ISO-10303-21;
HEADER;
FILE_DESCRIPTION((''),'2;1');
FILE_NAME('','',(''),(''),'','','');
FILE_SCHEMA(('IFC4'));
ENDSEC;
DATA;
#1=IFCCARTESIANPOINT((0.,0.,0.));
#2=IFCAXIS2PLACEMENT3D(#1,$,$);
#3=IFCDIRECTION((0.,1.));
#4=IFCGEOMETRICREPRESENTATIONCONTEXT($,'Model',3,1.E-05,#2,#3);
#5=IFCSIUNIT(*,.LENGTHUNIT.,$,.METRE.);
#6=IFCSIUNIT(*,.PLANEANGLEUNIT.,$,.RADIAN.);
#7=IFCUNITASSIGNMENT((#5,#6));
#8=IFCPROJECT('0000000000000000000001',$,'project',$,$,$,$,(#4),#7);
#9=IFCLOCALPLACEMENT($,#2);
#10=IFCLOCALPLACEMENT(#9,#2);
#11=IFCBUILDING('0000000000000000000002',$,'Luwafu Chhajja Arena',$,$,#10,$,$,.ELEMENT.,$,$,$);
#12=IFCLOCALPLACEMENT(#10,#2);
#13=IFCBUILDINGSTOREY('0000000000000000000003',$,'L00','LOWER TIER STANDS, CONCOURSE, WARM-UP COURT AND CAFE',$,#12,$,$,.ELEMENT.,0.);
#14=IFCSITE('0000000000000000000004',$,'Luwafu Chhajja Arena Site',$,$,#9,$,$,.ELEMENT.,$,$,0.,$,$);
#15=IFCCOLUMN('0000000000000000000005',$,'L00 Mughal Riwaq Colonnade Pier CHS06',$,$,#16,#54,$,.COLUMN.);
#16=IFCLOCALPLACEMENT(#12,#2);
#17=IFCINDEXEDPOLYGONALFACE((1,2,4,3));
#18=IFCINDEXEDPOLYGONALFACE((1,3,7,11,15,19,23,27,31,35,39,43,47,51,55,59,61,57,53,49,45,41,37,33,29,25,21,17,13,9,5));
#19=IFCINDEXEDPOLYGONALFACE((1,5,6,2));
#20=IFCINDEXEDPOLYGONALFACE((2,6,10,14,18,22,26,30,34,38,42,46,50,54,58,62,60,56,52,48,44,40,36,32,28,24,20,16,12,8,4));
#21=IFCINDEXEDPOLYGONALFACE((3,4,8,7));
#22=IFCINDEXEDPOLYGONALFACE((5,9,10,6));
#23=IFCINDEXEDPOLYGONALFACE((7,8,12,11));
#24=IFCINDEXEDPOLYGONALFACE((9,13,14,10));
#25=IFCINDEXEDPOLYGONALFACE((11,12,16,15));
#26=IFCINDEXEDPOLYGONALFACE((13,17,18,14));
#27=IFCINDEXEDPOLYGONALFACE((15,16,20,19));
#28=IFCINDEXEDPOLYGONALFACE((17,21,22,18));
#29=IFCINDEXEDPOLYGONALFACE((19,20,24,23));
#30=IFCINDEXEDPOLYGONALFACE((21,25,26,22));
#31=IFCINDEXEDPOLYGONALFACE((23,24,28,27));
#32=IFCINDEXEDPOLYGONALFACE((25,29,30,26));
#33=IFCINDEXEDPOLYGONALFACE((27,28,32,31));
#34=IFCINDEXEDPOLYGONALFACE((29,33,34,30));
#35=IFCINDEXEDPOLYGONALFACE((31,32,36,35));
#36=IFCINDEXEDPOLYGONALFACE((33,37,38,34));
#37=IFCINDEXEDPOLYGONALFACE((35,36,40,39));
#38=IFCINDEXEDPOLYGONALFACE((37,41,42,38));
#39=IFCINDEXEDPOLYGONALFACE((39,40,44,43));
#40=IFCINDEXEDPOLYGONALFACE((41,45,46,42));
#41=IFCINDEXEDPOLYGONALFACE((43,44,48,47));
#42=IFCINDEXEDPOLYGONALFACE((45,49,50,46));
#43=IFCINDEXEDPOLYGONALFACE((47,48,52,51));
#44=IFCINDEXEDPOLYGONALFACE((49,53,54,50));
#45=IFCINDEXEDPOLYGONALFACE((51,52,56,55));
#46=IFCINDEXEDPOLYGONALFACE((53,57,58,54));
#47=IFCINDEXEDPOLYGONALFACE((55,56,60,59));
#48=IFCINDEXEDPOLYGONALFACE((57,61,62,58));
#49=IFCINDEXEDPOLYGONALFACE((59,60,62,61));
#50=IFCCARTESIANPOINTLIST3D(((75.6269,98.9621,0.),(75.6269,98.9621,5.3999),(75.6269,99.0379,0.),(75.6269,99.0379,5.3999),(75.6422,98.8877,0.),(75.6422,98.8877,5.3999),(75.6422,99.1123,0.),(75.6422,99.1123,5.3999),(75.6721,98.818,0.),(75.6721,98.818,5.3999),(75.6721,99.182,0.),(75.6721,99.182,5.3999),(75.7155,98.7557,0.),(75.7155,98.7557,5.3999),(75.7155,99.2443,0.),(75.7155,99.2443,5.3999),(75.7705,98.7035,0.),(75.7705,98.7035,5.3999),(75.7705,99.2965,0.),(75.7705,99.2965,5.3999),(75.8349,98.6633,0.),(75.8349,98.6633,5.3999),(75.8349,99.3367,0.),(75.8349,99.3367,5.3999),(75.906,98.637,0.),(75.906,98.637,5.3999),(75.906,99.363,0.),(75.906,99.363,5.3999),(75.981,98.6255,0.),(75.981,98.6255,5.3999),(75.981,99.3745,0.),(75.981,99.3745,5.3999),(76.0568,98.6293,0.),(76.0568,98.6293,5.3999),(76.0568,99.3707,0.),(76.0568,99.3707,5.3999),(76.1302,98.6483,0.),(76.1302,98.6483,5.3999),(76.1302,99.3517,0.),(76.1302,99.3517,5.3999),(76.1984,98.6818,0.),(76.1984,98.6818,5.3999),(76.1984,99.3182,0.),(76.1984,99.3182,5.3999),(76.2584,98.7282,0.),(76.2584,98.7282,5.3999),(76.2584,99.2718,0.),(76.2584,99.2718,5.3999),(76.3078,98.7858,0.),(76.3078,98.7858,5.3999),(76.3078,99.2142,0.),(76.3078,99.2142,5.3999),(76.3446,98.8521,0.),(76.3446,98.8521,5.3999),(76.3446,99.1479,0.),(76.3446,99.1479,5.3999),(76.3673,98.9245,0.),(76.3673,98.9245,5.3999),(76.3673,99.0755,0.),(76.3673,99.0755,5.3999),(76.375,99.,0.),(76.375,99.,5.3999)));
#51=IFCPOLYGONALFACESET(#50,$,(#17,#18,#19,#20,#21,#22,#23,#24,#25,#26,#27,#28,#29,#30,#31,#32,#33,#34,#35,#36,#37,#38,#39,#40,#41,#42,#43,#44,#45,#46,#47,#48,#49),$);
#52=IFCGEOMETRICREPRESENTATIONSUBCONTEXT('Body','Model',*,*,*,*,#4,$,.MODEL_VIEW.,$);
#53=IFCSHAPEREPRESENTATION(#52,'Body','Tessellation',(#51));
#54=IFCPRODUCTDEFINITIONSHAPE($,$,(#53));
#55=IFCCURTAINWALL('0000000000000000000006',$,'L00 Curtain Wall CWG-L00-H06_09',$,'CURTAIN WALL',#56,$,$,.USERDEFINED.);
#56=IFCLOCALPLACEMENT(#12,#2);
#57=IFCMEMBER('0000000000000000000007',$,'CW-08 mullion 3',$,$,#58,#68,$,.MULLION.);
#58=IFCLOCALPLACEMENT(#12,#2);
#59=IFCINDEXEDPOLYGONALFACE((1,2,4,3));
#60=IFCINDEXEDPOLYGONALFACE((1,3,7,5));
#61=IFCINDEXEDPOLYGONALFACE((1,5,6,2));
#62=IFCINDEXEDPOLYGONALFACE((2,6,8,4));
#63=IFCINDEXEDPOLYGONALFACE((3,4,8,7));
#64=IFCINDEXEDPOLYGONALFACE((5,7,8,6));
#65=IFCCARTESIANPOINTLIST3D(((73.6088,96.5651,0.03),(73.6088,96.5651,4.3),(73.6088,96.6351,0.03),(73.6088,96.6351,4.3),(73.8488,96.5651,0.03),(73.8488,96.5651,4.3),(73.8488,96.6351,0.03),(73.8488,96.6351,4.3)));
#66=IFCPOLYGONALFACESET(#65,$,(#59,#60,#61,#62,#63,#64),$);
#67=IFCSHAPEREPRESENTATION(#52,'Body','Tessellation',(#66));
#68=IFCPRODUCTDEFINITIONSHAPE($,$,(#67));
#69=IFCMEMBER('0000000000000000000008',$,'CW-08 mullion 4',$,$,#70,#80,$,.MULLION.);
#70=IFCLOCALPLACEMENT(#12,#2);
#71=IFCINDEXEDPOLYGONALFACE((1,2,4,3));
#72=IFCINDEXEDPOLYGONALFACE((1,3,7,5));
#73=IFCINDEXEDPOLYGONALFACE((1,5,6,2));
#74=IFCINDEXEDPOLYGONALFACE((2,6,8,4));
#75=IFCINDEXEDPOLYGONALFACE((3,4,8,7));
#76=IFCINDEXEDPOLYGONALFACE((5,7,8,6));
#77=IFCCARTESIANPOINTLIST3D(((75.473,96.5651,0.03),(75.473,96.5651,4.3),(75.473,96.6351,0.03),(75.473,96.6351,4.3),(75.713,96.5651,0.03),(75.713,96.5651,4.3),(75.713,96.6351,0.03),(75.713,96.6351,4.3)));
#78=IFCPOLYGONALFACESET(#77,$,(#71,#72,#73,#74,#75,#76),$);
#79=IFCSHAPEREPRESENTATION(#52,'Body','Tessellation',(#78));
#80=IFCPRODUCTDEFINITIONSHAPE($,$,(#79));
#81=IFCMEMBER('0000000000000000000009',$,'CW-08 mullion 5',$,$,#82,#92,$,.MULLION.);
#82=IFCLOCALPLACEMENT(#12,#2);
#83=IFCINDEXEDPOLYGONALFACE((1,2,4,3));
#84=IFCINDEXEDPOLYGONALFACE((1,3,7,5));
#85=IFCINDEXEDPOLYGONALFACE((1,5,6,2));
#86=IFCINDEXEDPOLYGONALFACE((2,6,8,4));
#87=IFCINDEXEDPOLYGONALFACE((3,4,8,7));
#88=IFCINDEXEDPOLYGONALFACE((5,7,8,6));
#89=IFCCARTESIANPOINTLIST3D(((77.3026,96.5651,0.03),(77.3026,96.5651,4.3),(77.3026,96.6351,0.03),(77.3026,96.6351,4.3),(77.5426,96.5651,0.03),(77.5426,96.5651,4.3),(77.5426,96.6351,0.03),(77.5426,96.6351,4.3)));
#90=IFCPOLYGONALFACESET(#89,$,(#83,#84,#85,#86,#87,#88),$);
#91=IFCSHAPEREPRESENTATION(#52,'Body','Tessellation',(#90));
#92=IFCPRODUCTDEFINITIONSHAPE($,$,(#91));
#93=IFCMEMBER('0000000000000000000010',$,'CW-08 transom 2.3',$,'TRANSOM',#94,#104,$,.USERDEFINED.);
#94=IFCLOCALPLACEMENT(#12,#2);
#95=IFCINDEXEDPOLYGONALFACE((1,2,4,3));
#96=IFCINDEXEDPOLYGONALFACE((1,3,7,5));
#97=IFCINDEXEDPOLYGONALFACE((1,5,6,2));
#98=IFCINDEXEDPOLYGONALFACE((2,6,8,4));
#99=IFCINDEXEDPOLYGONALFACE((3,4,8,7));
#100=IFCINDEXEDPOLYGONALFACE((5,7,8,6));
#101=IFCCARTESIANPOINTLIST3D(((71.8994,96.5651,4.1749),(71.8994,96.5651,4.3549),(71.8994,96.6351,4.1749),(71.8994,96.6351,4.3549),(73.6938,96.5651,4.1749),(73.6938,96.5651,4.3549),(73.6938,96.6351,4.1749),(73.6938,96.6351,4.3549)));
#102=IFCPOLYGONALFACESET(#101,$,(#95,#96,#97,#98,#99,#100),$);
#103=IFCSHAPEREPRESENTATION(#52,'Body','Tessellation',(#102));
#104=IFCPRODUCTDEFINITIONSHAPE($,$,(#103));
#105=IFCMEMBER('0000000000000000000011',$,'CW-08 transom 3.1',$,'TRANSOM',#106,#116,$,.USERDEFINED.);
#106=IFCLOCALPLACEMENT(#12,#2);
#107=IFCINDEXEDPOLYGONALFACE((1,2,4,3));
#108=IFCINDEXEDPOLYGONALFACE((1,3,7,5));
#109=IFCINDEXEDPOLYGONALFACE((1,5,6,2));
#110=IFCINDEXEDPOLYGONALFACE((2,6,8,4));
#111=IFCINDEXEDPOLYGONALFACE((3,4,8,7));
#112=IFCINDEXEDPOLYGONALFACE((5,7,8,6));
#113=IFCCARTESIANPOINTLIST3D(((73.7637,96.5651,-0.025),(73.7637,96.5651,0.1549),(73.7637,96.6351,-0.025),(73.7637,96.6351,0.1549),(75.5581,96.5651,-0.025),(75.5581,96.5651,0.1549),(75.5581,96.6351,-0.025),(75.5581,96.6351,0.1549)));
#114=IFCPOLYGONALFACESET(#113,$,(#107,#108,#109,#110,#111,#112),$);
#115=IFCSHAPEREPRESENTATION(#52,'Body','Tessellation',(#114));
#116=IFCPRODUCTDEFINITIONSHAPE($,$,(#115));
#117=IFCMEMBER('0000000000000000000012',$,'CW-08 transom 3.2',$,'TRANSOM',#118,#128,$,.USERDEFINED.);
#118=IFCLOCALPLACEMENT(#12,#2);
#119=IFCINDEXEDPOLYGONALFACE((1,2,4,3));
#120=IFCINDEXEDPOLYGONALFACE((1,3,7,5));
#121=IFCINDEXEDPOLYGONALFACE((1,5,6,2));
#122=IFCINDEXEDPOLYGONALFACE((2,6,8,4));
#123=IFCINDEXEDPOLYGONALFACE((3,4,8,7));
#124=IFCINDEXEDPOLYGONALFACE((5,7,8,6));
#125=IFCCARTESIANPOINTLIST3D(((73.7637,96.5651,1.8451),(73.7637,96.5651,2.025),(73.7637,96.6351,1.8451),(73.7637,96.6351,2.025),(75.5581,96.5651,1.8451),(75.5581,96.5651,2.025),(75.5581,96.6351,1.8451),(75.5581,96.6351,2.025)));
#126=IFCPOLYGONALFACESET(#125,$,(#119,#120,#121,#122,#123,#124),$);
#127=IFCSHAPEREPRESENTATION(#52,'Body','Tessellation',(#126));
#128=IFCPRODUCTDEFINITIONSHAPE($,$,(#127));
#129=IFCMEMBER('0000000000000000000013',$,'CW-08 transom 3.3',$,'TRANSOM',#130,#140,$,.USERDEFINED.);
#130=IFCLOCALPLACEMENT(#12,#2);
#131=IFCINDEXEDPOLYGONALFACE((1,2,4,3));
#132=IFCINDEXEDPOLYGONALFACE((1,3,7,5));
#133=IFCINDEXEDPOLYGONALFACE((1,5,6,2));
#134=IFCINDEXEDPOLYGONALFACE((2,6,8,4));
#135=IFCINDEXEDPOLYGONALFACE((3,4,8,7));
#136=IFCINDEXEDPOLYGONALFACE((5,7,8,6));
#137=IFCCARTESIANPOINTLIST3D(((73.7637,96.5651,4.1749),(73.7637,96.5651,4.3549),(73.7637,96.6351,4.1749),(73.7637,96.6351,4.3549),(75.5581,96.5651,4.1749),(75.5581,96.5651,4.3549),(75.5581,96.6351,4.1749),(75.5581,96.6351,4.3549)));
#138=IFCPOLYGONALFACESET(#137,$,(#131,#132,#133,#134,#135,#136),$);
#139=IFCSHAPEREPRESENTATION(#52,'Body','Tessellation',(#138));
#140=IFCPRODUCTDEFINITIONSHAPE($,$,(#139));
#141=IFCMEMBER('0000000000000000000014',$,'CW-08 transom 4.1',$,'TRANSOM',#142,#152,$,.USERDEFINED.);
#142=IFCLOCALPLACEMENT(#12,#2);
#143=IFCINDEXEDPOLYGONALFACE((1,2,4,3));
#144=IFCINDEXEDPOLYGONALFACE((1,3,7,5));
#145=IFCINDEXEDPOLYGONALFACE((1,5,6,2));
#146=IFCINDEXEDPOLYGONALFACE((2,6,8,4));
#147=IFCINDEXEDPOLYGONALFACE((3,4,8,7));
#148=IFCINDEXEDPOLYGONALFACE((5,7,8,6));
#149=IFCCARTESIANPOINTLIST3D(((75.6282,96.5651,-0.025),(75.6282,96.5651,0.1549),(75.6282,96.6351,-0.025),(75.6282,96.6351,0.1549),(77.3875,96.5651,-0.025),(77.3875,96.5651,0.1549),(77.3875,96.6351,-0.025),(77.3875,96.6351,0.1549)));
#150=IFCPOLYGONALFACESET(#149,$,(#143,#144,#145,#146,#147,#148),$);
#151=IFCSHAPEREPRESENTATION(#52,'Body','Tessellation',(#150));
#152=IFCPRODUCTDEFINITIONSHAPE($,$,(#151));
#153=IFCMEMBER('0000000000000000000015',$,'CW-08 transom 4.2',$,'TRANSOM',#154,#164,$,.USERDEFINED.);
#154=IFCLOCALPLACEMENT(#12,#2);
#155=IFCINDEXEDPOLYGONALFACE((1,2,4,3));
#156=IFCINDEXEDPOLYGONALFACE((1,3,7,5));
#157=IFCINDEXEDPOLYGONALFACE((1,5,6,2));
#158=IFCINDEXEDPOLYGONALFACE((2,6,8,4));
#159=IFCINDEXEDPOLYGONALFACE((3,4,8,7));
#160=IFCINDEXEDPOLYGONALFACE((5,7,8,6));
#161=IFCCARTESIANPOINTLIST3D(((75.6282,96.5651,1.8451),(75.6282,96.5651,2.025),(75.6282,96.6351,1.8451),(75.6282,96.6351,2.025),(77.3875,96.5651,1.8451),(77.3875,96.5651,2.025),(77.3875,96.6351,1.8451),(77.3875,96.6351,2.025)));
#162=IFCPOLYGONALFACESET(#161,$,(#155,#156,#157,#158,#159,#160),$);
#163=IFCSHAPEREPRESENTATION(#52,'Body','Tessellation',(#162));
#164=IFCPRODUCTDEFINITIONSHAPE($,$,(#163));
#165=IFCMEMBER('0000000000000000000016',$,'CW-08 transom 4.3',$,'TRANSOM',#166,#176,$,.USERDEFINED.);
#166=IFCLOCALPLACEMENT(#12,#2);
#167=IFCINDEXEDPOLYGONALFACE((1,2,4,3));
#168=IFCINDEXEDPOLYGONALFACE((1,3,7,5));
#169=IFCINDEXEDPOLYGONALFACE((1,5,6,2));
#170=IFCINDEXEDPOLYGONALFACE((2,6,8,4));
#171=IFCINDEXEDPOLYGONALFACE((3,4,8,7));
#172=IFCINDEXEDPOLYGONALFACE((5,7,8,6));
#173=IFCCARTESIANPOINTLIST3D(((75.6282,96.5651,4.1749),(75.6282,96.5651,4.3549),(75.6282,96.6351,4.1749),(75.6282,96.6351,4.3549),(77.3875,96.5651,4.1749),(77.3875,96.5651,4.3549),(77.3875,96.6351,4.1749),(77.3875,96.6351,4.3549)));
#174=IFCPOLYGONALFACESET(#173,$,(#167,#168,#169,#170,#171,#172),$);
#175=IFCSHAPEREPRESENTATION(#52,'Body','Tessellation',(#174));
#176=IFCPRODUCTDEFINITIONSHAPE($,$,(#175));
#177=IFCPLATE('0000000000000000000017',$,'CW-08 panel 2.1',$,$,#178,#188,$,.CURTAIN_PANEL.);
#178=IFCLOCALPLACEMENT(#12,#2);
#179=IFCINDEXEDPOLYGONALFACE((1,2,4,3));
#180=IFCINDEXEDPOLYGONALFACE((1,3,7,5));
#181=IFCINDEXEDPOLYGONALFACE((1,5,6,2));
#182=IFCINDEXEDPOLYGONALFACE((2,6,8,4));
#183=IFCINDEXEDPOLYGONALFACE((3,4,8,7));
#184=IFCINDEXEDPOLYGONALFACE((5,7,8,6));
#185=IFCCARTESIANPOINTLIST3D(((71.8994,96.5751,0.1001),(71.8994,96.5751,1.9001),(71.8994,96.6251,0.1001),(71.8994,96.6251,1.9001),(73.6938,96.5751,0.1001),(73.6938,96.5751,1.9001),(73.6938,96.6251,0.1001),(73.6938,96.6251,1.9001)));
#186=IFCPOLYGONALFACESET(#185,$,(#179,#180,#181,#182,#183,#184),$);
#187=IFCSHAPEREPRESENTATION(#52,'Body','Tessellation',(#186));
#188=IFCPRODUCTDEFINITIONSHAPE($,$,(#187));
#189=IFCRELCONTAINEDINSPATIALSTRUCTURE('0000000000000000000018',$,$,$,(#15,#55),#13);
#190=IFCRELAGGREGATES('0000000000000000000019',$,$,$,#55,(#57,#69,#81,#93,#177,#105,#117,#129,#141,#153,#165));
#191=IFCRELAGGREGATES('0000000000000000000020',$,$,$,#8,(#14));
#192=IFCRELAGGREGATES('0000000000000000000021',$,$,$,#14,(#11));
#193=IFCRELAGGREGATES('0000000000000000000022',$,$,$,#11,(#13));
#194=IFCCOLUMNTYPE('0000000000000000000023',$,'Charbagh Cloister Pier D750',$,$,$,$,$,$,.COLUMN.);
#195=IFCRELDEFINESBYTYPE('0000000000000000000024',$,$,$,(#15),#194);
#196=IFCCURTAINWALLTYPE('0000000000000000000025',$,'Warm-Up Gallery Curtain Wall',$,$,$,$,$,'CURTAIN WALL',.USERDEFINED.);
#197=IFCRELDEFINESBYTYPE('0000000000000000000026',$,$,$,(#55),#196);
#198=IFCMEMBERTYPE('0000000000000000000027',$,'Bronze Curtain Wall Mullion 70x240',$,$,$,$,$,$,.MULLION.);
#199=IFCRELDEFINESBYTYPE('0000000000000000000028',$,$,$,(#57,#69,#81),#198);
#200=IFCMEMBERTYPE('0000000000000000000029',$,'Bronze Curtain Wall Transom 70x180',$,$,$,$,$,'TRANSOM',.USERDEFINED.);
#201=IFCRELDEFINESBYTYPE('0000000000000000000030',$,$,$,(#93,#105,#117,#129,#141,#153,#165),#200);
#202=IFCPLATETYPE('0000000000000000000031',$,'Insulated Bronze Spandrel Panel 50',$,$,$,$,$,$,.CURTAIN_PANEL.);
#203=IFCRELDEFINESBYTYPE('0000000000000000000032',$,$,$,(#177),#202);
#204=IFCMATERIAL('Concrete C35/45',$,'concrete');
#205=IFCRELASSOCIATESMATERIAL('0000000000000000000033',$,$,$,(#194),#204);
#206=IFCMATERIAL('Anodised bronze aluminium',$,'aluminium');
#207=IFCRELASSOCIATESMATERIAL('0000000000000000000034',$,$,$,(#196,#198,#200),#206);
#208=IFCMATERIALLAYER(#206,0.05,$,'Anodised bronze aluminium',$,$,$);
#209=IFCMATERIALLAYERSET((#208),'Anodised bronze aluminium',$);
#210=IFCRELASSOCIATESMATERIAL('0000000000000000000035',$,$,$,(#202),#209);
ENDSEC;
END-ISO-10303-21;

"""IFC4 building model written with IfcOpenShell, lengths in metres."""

from ifc_helpers import new_model, si_unit, direction, frame, origin, origin_2d, place, context, subcontext, project, spatial, rectangle, circle, extrude, material, layer, layer_set, material_profile, profile_set, type_object, element, aggregate, save


model = new_model("IFC4")

# Units and contexts
model_context = context("Model", 3, precision=1e-05, world=origin(), true_north=direction((0.0, 1.0)))
body_context = subcontext(model_context, "Body", "Model", "MODEL_VIEW")
ifc_project = project(units=[si_unit("LENGTHUNIT", "METRE"), si_unit("PLANEANGLEUNIT", "RADIAN")], contexts=[model_context])

# Site, building, storey
site_placement = place(None, origin())
site = spatial("IfcSite", under=ifc_project, at=site_placement, Name="Luwafu Chhajja Arena Site", CompositionType="ELEMENT", RefElevation=0.0)
building_placement = place(site_placement, origin())
building = spatial("IfcBuilding", under=site, at=building_placement, Name="Luwafu Chhajja Arena", CompositionType="ELEMENT")
storey_placement = place(building_placement, origin())
storey = spatial("IfcBuildingStorey", under=building, at=storey_placement, Name="L00", Description="LOWER TIER STANDS, CONCOURSE, WARM-UP COURT AND CAFE", CompositionType="ELEMENT", Elevation=0.0)

# Column
ifc_material_1 = material(Name="Concrete C35/45", Category="concrete")
ifc_material_profile_1 = material_profile(ifc_material_1, circle(Radius=0.375, at=origin_2d()), Name="RC COL D750")
ifc_profile_set_1 = profile_set([ifc_material_profile_1], Name="Concrete C35/45")
column_type = type_object("IfcColumnType", Name="Charbagh Cloister Pier D750", PredefinedType="COLUMN", material=ifc_profile_set_1)
column_placement = place(storey_placement, frame((76.0, 99.0, 0.0), z_axis=(0.0, 0.0, 1.0), x_axis=(1.0, 0.0, 0.0)))
element("IfcColumn", 1, at=column_placement, inside=storey, type_object=column_type, Name="L00 Mughal Riwaq Colonnade Pier CHS06", PredefinedType="COLUMN", context=body_context, shape_type="SweptSolid", body=[
    extrude(circle(Radius=0.375, at=origin_2d()), origin(), (0.0, 0.0, 1.0), 5.3999),
])

# Curtain wall, members, plate
ifc_material_2 = material(Name="Anodised bronze aluminium", Category="aluminium")
curtain_wall_type = type_object("IfcCurtainWallType", Name="Warm-Up Gallery Curtain Wall", ElementType="CURTAIN WALL", PredefinedType="USERDEFINED", material=ifc_material_2)
curtain_wall_placement = place(storey_placement, origin())
curtain_wall = element("IfcCurtainWall", 2, at=curtain_wall_placement, inside=storey, type_object=curtain_wall_type, Name="L00 Curtain Wall CWG-L00-H06_09", ObjectType="CURTAIN WALL", PredefinedType="USERDEFINED")
ifc_material_profile_2 = material_profile(ifc_material_2, rectangle(XDim=0.0701, YDim=0.24, at=origin_2d()), Name="CWM 70x240")
ifc_profile_set_2 = profile_set([ifc_material_profile_2], Name="Anodised bronze aluminium")
member_type_1 = type_object("IfcMemberType", Name="Bronze Curtain Wall Mullion 70x240", PredefinedType="MULLION", material=ifc_profile_set_2)
member_1_placement = place(storey_placement, frame((73.7288, 96.6001, 0.03), z_axis=(0.0, 0.0, 1.0), x_axis=(0.0, 1.0, 0.0)))
member_1 = element("IfcMember", 3, at=member_1_placement, type_object=member_type_1, Name="CW-08 mullion 3", PredefinedType="MULLION", context=body_context, shape_type="SweptSolid", body=[
    extrude(rectangle(XDim=0.0701, YDim=0.24, at=origin_2d()), origin(), (0.0, 0.0, 1.0), 4.27),
])
member_2_placement = place(storey_placement, frame((75.593, 96.6001, 0.03), z_axis=(0.0, 0.0, 1.0), x_axis=(0.0, 1.0, 0.0)))
member_2 = element("IfcMember", 4, at=member_2_placement, type_object=member_type_1, Name="CW-08 mullion 4", PredefinedType="MULLION", context=body_context, shape_type="SweptSolid", body=[
    extrude(rectangle(XDim=0.0701, YDim=0.24, at=origin_2d()), origin(), (0.0, 0.0, 1.0), 4.27),
])
member_3_placement = place(storey_placement, frame((77.4226, 96.6001, 0.03), z_axis=(0.0, 0.0, 1.0), x_axis=(0.0, 1.0, 0.0)))
member_3 = element("IfcMember", 5, at=member_3_placement, type_object=member_type_1, Name="CW-08 mullion 5", PredefinedType="MULLION", context=body_context, shape_type="SweptSolid", body=[
    extrude(rectangle(XDim=0.0701, YDim=0.24, at=origin_2d()), origin(), (0.0, 0.0, 1.0), 4.27),
])
ifc_material_profile_3 = material_profile(ifc_material_2, rectangle(XDim=0.0701, YDim=0.1799, at=origin_2d()), Name="CWT 70x180")
ifc_profile_set_3 = profile_set([ifc_material_profile_3], Name="Anodised bronze aluminium")
member_type_2 = type_object("IfcMemberType", Name="Bronze Curtain Wall Transom 70x180", ElementType="TRANSOM", PredefinedType="USERDEFINED", material=ifc_profile_set_3)
member_4_placement = place(storey_placement, frame((71.8994, 96.6001, 4.2649), z_axis=(1.0, 0.0, 0.0), x_axis=(0.0, 1.0, 0.0)))
member_4 = element("IfcMember", 6, at=member_4_placement, type_object=member_type_2, Name="CW-08 transom 2.3", ObjectType="TRANSOM", PredefinedType="USERDEFINED", context=body_context, shape_type="SweptSolid", body=[
    extrude(rectangle(XDim=0.0701, YDim=0.1799, at=origin_2d()), origin(), (0.0, 0.0, 1.0), 1.7944),
])
member_5_placement = place(storey_placement, frame((73.7637, 96.6001, 0.0649), z_axis=(1.0, 0.0, 0.0), x_axis=(0.0, 1.0, 0.0)))
member_5 = element("IfcMember", 7, at=member_5_placement, type_object=member_type_2, Name="CW-08 transom 3.1", ObjectType="TRANSOM", PredefinedType="USERDEFINED", context=body_context, shape_type="SweptSolid", body=[
    extrude(rectangle(XDim=0.0701, YDim=0.1799, at=origin_2d()), origin(), (0.0, 0.0, 1.0), 1.7944),
])
member_6_placement = place(storey_placement, frame((73.7637, 96.6001, 1.9351), z_axis=(1.0, 0.0, 0.0), x_axis=(0.0, 1.0, 0.0)))
member_6 = element("IfcMember", 8, at=member_6_placement, type_object=member_type_2, Name="CW-08 transom 3.2", ObjectType="TRANSOM", PredefinedType="USERDEFINED", context=body_context, shape_type="SweptSolid", body=[
    extrude(rectangle(XDim=0.0701, YDim=0.1799, at=origin_2d()), origin(), (0.0, 0.0, 1.0), 1.7944),
])
member_7_placement = place(storey_placement, frame((73.7637, 96.6001, 4.2649), z_axis=(1.0, 0.0, 0.0), x_axis=(0.0, 1.0, 0.0)))
member_7 = element("IfcMember", 9, at=member_7_placement, type_object=member_type_2, Name="CW-08 transom 3.3", ObjectType="TRANSOM", PredefinedType="USERDEFINED", context=body_context, shape_type="SweptSolid", body=[
    extrude(rectangle(XDim=0.0701, YDim=0.1799, at=origin_2d()), origin(), (0.0, 0.0, 1.0), 1.7944),
])
member_8_placement = place(storey_placement, frame((75.6282, 96.6001, 0.0649), z_axis=(1.0, 0.0, 0.0), x_axis=(0.0, 1.0, 0.0)))
member_8 = element("IfcMember", 10, at=member_8_placement, type_object=member_type_2, Name="CW-08 transom 4.1", ObjectType="TRANSOM", PredefinedType="USERDEFINED", context=body_context, shape_type="SweptSolid", body=[
    extrude(rectangle(XDim=0.0701, YDim=0.1799, at=origin_2d()), origin(), (0.0, 0.0, 1.0), 1.7593),
])
member_9_placement = place(storey_placement, frame((75.6282, 96.6001, 1.9351), z_axis=(1.0, 0.0, 0.0), x_axis=(0.0, 1.0, 0.0)))
member_9 = element("IfcMember", 11, at=member_9_placement, type_object=member_type_2, Name="CW-08 transom 4.2", ObjectType="TRANSOM", PredefinedType="USERDEFINED", context=body_context, shape_type="SweptSolid", body=[
    extrude(rectangle(XDim=0.0701, YDim=0.1799, at=origin_2d()), origin(), (0.0, 0.0, 1.0), 1.7593),
])
member_10_placement = place(storey_placement, frame((75.6282, 96.6001, 4.2649), z_axis=(1.0, 0.0, 0.0), x_axis=(0.0, 1.0, 0.0)))
member_10 = element("IfcMember", 12, at=member_10_placement, type_object=member_type_2, Name="CW-08 transom 4.3", ObjectType="TRANSOM", PredefinedType="USERDEFINED", context=body_context, shape_type="SweptSolid", body=[
    extrude(rectangle(XDim=0.0701, YDim=0.1799, at=origin_2d()), origin(), (0.0, 0.0, 1.0), 1.7593),
])
ifc_layer_1 = layer(ifc_material_2, 0.05, Name="Anodised bronze aluminium")
ifc_layer_set_1 = layer_set([ifc_layer_1], Name="Anodised bronze aluminium")
plate_type = type_object("IfcPlateType", Name="Insulated Bronze Spandrel Panel 50", PredefinedType="CURTAIN_PANEL", material=ifc_layer_set_1)
plate_1_placement = place(storey_placement, frame((72.7966, 96.6001, 0.1001), z_axis=(0.0, 0.0, 1.0), x_axis=(1.0, 0.0, 0.0)))
plate_1 = element("IfcPlate", 13, at=plate_1_placement, type_object=plate_type, Name="CW-08 panel 2.1", PredefinedType="CURTAIN_PANEL", context=body_context, shape_type="SweptSolid", body=[
    extrude(rectangle(XDim=1.7944, YDim=0.05, at=origin_2d()), origin(), (0.0, 0.0, 1.0), 1.8),
])
aggregate(curtain_wall, [member_1, member_2, member_3, member_4, plate_1, member_5, member_6, member_7, member_8, member_9, member_10])

save(model, "model.ifc")
